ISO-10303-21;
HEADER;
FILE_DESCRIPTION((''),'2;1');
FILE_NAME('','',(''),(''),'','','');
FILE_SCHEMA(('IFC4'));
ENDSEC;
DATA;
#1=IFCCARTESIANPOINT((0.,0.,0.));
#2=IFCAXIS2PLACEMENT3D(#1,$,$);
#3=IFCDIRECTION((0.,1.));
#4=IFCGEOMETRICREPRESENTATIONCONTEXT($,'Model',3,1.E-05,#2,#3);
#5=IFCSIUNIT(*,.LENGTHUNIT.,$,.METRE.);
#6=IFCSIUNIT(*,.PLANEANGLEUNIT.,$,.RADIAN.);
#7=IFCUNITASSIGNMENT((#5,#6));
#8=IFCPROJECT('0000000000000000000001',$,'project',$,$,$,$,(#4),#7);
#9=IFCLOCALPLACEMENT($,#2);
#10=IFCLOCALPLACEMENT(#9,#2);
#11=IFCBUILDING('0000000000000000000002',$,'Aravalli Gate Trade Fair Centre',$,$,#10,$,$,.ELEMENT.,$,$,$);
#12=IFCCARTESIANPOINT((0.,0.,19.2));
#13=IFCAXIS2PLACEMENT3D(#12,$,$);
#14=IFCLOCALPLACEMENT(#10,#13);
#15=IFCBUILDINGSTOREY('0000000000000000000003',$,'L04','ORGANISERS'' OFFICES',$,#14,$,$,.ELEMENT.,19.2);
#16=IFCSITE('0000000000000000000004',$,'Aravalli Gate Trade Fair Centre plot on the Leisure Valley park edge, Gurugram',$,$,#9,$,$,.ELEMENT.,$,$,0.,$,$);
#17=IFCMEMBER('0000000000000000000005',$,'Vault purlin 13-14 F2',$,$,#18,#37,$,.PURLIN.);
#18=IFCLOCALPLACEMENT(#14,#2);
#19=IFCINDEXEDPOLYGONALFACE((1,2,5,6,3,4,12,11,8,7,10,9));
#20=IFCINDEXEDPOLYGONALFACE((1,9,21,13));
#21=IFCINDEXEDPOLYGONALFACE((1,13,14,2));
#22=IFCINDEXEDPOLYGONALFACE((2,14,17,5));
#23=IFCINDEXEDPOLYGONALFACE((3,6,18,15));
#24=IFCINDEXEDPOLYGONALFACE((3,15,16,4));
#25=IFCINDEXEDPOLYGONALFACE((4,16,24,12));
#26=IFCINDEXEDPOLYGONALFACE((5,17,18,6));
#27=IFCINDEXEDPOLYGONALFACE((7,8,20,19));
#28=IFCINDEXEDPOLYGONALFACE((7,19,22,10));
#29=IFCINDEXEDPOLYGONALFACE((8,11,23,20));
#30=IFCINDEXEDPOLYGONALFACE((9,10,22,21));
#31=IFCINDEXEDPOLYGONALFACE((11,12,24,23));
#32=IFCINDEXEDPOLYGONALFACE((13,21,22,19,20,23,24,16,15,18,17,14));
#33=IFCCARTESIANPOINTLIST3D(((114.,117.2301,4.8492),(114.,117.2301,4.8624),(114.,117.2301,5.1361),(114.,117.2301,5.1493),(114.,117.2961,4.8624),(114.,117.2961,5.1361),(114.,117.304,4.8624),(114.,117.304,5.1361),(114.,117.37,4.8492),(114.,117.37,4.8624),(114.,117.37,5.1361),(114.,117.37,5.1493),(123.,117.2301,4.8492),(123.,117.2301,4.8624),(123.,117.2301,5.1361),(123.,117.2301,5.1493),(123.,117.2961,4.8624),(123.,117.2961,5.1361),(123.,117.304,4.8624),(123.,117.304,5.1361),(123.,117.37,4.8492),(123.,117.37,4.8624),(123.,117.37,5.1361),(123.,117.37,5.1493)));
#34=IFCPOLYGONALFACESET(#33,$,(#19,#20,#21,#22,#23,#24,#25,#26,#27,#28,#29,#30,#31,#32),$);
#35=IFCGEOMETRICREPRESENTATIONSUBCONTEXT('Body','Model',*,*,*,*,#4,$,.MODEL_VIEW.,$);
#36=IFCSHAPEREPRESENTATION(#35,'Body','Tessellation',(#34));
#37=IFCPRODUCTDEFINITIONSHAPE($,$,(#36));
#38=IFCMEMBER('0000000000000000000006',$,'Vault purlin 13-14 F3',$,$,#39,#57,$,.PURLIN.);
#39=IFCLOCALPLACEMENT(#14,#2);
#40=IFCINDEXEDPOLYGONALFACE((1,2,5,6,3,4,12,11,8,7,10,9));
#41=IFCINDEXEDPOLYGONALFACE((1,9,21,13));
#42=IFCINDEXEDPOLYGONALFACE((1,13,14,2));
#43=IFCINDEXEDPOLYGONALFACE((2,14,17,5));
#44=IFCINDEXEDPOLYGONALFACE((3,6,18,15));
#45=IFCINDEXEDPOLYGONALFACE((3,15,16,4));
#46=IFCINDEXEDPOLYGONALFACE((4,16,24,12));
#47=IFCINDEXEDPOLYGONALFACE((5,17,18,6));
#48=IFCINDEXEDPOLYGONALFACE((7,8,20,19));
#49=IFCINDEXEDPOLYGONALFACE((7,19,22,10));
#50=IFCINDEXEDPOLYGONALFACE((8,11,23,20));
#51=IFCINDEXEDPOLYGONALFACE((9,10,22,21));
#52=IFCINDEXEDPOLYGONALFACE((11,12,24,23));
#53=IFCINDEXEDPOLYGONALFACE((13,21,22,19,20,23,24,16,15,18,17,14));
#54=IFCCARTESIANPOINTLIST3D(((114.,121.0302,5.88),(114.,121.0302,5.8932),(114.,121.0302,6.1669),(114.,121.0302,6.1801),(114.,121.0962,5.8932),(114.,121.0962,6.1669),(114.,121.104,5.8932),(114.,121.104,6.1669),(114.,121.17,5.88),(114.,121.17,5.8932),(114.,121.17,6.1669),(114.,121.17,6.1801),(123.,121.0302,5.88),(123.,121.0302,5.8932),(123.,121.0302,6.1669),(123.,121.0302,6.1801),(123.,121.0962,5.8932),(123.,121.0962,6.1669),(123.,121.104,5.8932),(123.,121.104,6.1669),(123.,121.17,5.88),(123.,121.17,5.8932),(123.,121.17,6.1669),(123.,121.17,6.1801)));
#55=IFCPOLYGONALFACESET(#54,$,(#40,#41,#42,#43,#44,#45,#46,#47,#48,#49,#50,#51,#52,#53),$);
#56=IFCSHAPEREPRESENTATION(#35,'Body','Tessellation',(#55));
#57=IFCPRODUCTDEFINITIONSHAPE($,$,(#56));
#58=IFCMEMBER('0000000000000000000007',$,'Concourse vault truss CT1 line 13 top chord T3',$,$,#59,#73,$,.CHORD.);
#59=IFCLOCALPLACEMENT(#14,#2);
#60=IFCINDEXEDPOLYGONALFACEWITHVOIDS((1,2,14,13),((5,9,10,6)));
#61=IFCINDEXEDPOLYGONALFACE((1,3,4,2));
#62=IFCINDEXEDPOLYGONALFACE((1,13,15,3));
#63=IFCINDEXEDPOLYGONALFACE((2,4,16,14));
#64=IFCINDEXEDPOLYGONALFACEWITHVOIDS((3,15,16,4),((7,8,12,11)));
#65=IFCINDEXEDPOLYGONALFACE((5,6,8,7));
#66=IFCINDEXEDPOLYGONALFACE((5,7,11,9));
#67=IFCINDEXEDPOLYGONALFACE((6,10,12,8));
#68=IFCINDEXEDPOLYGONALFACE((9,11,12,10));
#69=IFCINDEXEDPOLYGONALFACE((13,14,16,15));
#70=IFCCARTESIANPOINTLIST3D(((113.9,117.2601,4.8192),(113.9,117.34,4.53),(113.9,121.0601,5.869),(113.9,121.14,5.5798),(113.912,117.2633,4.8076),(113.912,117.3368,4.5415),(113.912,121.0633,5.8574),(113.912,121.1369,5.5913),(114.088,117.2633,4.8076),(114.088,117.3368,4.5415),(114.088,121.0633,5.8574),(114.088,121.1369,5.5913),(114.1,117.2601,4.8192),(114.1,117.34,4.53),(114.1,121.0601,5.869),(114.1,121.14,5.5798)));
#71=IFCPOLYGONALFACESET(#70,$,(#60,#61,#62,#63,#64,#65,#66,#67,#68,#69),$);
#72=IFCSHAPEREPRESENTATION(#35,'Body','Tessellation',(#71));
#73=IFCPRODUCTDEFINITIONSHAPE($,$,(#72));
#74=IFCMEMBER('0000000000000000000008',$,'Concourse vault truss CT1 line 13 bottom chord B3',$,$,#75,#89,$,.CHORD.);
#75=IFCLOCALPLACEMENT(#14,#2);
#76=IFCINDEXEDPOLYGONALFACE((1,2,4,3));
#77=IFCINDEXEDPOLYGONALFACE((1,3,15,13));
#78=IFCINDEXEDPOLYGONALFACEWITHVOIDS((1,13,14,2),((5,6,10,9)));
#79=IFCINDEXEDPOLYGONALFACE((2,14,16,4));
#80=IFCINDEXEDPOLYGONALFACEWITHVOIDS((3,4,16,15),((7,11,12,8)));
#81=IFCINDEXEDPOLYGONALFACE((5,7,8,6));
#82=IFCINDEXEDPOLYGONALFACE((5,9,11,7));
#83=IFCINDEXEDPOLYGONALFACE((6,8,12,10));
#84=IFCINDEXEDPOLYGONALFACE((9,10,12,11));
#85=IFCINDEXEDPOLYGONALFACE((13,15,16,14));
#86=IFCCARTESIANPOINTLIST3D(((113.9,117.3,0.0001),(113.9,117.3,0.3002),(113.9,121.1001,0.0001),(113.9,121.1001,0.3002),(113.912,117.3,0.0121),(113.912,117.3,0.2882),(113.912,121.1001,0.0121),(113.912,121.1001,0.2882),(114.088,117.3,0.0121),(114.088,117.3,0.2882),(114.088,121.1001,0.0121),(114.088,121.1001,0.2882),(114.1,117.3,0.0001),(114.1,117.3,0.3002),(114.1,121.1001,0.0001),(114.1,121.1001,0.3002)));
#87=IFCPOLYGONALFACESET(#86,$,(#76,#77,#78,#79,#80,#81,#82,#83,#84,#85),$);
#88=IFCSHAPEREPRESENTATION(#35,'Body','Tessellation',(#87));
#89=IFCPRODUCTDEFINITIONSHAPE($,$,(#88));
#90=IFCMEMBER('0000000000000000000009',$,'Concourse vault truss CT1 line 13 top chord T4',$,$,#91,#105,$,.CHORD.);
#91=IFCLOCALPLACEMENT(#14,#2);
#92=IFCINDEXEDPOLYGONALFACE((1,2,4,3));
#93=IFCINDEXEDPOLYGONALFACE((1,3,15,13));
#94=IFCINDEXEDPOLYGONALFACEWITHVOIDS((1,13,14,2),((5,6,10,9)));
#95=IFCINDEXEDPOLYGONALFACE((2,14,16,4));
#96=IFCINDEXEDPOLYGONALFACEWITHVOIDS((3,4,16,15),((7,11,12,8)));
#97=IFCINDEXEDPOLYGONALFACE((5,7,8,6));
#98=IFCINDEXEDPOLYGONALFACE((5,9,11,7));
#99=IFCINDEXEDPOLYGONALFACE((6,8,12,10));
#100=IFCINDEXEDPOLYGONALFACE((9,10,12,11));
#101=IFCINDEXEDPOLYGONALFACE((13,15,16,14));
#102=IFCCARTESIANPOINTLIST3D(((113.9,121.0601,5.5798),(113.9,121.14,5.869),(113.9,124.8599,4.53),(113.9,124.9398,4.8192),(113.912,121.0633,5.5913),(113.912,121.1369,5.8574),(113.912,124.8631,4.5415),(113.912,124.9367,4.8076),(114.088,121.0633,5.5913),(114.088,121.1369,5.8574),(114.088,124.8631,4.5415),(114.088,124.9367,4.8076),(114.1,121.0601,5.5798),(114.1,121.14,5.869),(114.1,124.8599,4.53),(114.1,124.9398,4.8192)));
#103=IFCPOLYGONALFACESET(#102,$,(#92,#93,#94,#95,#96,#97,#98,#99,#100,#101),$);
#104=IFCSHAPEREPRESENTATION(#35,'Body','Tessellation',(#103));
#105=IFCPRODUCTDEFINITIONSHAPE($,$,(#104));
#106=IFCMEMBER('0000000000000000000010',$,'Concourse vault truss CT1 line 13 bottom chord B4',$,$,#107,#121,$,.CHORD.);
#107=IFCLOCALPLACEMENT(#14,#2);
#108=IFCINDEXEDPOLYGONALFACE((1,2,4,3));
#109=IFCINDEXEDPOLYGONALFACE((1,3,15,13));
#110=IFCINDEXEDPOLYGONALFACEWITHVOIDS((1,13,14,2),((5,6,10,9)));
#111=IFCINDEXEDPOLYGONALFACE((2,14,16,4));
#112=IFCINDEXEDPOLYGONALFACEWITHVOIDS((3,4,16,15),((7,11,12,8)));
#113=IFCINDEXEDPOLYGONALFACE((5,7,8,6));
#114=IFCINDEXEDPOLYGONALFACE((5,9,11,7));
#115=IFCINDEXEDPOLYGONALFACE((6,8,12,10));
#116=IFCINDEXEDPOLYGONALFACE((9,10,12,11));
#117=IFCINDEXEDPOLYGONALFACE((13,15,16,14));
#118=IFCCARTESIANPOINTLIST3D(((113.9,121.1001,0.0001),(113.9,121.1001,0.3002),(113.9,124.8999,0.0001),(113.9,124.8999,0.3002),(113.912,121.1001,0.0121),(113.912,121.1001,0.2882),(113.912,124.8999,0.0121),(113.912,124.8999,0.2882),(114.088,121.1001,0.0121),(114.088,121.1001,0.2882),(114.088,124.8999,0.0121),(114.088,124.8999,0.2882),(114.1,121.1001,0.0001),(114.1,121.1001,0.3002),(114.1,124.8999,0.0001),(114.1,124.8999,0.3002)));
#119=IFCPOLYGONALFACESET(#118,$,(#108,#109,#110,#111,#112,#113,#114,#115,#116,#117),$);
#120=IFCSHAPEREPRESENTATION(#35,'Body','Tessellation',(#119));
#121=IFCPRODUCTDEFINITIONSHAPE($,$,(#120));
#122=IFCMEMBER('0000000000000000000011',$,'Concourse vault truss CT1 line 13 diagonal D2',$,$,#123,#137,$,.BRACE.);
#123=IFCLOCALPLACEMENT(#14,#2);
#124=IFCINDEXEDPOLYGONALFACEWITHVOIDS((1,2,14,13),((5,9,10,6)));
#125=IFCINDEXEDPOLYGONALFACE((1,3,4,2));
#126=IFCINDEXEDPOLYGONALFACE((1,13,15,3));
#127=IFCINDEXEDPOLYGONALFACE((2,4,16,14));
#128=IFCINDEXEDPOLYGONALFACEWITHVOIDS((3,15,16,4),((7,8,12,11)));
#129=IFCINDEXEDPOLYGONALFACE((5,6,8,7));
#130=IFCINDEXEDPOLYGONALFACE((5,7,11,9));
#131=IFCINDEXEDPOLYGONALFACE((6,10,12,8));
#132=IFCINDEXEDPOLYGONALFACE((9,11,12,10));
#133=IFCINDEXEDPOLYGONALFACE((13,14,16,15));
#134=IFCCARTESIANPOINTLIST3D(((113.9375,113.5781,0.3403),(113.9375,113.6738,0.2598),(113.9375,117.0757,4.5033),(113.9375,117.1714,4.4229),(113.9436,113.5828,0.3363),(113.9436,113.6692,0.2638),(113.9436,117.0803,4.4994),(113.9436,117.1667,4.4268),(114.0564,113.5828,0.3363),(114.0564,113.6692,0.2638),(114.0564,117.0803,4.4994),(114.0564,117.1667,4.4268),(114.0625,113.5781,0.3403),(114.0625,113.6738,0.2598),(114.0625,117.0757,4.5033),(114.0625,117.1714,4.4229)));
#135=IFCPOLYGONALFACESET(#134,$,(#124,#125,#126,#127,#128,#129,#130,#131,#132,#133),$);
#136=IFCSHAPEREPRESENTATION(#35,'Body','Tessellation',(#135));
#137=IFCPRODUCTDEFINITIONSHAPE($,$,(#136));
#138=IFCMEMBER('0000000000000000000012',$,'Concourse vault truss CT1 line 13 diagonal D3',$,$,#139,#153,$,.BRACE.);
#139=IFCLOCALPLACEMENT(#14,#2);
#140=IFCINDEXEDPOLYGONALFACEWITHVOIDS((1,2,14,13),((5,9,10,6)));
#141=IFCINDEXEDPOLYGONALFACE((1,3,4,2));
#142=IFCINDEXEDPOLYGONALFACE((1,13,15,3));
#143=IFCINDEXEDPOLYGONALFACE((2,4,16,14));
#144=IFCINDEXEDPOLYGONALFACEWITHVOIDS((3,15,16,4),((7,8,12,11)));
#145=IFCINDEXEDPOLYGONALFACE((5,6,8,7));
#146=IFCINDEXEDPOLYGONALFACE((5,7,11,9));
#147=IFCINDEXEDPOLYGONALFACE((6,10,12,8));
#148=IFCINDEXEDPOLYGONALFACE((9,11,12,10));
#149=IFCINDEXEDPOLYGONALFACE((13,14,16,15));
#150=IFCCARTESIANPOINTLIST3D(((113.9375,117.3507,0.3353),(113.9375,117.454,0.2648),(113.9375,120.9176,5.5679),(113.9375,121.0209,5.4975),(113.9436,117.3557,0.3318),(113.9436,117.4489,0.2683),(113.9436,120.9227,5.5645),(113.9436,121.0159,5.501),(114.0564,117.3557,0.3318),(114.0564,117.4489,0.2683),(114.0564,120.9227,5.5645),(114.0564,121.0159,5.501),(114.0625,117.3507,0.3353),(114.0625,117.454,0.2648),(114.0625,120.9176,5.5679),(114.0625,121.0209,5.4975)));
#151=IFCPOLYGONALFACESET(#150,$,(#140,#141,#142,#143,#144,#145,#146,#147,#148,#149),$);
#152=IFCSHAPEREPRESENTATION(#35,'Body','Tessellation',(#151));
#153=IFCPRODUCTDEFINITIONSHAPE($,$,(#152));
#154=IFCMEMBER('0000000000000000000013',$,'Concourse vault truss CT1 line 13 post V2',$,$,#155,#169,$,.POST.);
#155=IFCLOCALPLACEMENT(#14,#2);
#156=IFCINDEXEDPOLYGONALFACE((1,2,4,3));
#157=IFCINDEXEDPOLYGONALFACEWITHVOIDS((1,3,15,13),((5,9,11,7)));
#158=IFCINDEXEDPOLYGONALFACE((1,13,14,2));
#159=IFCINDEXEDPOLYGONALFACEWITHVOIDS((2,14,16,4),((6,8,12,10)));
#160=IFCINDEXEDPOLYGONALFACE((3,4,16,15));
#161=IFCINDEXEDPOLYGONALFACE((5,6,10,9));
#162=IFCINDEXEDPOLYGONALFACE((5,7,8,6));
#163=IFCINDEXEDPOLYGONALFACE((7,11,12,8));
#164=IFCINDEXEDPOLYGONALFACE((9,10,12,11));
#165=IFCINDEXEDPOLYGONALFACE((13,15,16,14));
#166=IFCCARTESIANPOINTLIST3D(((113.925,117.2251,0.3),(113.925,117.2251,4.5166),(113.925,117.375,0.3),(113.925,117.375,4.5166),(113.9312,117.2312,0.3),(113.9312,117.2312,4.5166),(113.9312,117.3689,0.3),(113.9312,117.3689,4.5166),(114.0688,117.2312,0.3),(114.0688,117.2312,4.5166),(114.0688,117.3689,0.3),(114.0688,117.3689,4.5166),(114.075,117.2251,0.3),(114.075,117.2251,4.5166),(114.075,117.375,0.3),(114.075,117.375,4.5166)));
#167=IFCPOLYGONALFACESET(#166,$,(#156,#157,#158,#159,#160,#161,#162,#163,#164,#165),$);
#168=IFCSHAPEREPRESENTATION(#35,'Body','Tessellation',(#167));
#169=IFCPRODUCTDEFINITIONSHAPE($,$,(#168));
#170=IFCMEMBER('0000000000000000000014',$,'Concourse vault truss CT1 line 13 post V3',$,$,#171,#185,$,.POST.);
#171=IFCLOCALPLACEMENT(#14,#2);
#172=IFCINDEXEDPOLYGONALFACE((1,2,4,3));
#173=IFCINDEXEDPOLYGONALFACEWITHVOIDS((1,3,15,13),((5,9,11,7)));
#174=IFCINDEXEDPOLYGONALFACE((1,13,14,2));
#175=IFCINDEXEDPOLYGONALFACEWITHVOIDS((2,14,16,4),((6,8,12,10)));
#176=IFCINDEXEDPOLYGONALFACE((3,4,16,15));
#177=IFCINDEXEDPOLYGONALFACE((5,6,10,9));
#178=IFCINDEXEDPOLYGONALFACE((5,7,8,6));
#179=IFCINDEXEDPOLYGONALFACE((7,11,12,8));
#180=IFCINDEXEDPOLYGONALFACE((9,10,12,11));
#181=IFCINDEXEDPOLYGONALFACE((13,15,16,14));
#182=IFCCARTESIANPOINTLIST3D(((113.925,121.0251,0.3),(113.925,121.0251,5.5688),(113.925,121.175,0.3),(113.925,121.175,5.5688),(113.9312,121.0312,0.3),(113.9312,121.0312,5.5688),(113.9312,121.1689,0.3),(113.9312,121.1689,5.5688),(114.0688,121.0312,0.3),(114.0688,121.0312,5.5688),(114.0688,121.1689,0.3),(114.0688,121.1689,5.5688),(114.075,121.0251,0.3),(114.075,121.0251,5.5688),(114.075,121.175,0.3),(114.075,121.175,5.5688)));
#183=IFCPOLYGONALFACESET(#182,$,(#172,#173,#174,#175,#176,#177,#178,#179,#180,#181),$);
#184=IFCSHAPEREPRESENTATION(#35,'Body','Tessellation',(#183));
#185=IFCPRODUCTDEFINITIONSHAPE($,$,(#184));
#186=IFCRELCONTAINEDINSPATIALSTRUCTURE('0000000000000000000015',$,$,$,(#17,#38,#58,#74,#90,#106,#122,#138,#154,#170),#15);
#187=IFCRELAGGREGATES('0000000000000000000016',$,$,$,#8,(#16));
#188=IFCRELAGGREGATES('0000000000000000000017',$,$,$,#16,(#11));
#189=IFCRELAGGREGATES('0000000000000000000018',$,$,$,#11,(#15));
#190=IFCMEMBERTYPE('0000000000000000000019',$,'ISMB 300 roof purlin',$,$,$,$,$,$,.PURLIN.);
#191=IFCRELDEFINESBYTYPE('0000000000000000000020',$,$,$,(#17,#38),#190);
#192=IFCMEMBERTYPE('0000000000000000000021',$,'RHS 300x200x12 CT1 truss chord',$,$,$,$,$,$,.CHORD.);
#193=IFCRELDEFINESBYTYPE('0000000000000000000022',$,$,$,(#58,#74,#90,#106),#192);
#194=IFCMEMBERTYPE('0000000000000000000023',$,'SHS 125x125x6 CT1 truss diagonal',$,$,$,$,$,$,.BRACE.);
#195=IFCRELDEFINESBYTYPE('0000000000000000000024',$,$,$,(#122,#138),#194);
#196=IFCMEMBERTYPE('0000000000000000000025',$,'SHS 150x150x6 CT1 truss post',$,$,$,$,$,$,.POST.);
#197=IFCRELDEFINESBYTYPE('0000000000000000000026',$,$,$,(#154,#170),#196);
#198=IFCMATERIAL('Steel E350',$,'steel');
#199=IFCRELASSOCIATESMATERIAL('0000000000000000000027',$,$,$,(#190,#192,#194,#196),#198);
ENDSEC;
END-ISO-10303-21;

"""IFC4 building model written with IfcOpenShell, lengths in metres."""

from ifc_helpers import new_model, si_unit, direction, frame, origin, origin_2d, place, context, subcontext, project, spatial, hollow_rectangle, i_section, extrude, material, material_profile, profile_set, type_object, element, save


model = new_model("IFC4")

# Units and contexts
model_context = context("Model", 3, precision=1e-05, world=origin(), true_north=direction((0.0, 1.0)))
body_context = subcontext(model_context, "Body", "Model", "MODEL_VIEW")
ifc_project = project(units=[si_unit("LENGTHUNIT", "METRE"), si_unit("PLANEANGLEUNIT", "RADIAN")], contexts=[model_context])

# Site, building, storey
site_placement = place(None, origin())
site = spatial("IfcSite", under=ifc_project, at=site_placement, Name="Aravalli Gate Trade Fair Centre plot on the Leisure Valley park edge, Gurugram", CompositionType="ELEMENT", RefElevation=0.0)
building_placement = place(site_placement, origin())
building = spatial("IfcBuilding", under=site, at=building_placement, Name="Aravalli Gate Trade Fair Centre", CompositionType="ELEMENT")
storey_placement = place(building_placement, frame((0.0, 0.0, 19.2)))
storey = spatial("IfcBuildingStorey", under=building, at=storey_placement, Name="L04", Description="ORGANISERS' OFFICES", CompositionType="ELEMENT", Elevation=19.2)

# Members
ifc_material_1 = material(Name="Steel E350", Category="steel")
ifc_material_profile_1 = material_profile(ifc_material_1, i_section(OverallWidth=0.1399, OverallDepth=0.3, WebThickness=0.0078, FlangeThickness=0.0132, at=origin_2d()), Name="ISMB 300")
ifc_profile_set_1 = profile_set([ifc_material_profile_1], Name="Steel E350")
member_type_1 = type_object("IfcMemberType", Name="ISMB 300 roof purlin", PredefinedType="PURLIN", material=ifc_profile_set_1)
for number, where, z_axis, x_axis, name in (
    (1, (114.0, 117.3, 4.9993), (1.0, 0.0, 0.0), (0.0, 1.0, 0.0), "Vault purlin 13-14 F2"),
    (2, (114.0, 121.1001, 6.03), (1.0, 0.0, 0.0), (0.0, 1.0, 0.0), "Vault purlin 13-14 F3"),
):
    element("IfcMember", number, at=place(storey_placement, frame(where, z_axis=z_axis, x_axis=x_axis)), inside=storey, type_object=member_type_1, Name=name, PredefinedType="PURLIN", context=body_context, shape_type="SweptSolid", body=[
        extrude(i_section(OverallWidth=0.1399, OverallDepth=0.3, WebThickness=0.0078, FlangeThickness=0.0132, at=origin_2d()), origin(), (0.0, 0.0, 1.0), 9.0),
    ])
ifc_material_profile_2 = material_profile(ifc_material_1, hollow_rectangle(XDim=0.2, YDim=0.3, WallThickness=0.012, at=origin_2d()), Name="RHS 300x200x12")
ifc_profile_set_2 = profile_set([ifc_material_profile_2], Name="Steel E350")
member_type_2 = type_object("IfcMemberType", Name="RHS 300x200x12 CT1 truss chord", PredefinedType="CHORD", material=ifc_profile_set_2)
member_1_placement = place(storey_placement, frame((114.0, 117.3, 4.6746), z_axis=(0.0, 0.963894, 0.266286), x_axis=(-1.0, 0.0, 0.0)))
element("IfcMember", 3, at=member_1_placement, inside=storey, type_object=member_type_2, Name="Concourse vault truss CT1 line 13 top chord T3", PredefinedType="CHORD", context=body_context, shape_type="SweptSolid", body=[
    extrude(hollow_rectangle(XDim=0.2, YDim=0.3, WallThickness=0.012, at=origin_2d()), origin(), (0.0, 0.0, 1.0), 3.9424),
])
member_2_placement = place(storey_placement, frame((114.0, 117.3, 0.1501), z_axis=(0.0, 1.0, 0.0), x_axis=(-1.0, 0.0, 0.0)))
element("IfcMember", 4, at=member_2_placement, inside=storey, type_object=member_type_2, Name="Concourse vault truss CT1 line 13 bottom chord B3", PredefinedType="CHORD", context=body_context, shape_type="SweptSolid", body=[
    extrude(hollow_rectangle(XDim=0.2, YDim=0.3, WallThickness=0.012, at=origin_2d()), origin(), (0.0, 0.0, 1.0), 3.8),
])
member_3_placement = place(storey_placement, frame((114.0, 121.1001, 5.7244), z_axis=(0.0, 0.96389, -0.266302), x_axis=(-1.0, 0.0, 0.0)))
element("IfcMember", 5, at=member_3_placement, inside=storey, type_object=member_type_2, Name="Concourse vault truss CT1 line 13 top chord T4", PredefinedType="CHORD", context=body_context, shape_type="SweptSolid", body=[
    extrude(hollow_rectangle(XDim=0.2, YDim=0.3, WallThickness=0.012, at=origin_2d()), origin(), (0.0, 0.0, 1.0), 3.9421),
])
member_4_placement = place(storey_placement, frame((114.0, 121.1001, 0.1501), z_axis=(0.0, 1.0, 0.0), x_axis=(-1.0, 0.0, 0.0)))
element("IfcMember", 6, at=member_4_placement, inside=storey, type_object=member_type_2, Name="Concourse vault truss CT1 line 13 bottom chord B4", PredefinedType="CHORD", context=body_context, shape_type="SweptSolid", body=[
    extrude(hollow_rectangle(XDim=0.2, YDim=0.3, WallThickness=0.012, at=origin_2d()), origin(), (0.0, 0.0, 1.0), 3.7998),
])
ifc_material_profile_3 = material_profile(ifc_material_1, hollow_rectangle(XDim=0.125, YDim=0.125, WallThickness=0.0061, at=origin_2d()), Name="SHS 125x125x6")
ifc_profile_set_3 = profile_set([ifc_material_profile_3], Name="Steel E350")
member_type_3 = type_object("IfcMemberType", Name="SHS 125x125x6 CT1 truss diagonal", PredefinedType="BRACE", material=ifc_profile_set_3)
member_5_placement = place(storey_placement, frame((114.0, 113.626, 0.3), z_axis=(0.0, 0.643253, 0.765654), x_axis=(-1.0, 0.0, 0.0)))
element("IfcMember", 7, at=member_5_placement, inside=storey, type_object=member_type_3, Name="Concourse vault truss CT1 line 13 diagonal D2", PredefinedType="BRACE", context=body_context, shape_type="SweptSolid", body=[
    extrude(hollow_rectangle(XDim=0.125, YDim=0.125, WallThickness=0.0061, at=origin_2d()), origin(), (0.0, 0.0, 1.0), 5.4373),
])
member_6_placement = place(storey_placement, frame((114.0, 117.4023, 0.3), z_axis=(0.0, 0.563247, 0.826289), x_axis=(-1.0, 0.0, 0.0)))
element("IfcMember", 8, at=member_6_placement, inside=storey, type_object=member_type_3, Name="Concourse vault truss CT1 line 13 diagonal D3", PredefinedType="BRACE", context=body_context, shape_type="SweptSolid", body=[
    extrude(hollow_rectangle(XDim=0.125, YDim=0.125, WallThickness=0.0061, at=origin_2d()), origin(), (0.0, 0.0, 1.0), 6.3328),
])
ifc_material_profile_4 = material_profile(ifc_material_1, hollow_rectangle(XDim=0.1499, YDim=0.1499, WallThickness=0.0061, at=origin_2d()), Name="SHS 150x150x6")
ifc_profile_set_4 = profile_set([ifc_material_profile_4], Name="Steel E350")
member_type_4 = type_object("IfcMemberType", Name="SHS 150x150x6 CT1 truss post", PredefinedType="POST", material=ifc_profile_set_4)
member_7_placement = place(storey_placement, frame((114.0, 117.3, 0.3), z_axis=(0.0, 0.0, 1.0), x_axis=(1.0, 0.0, 0.0)))
element("IfcMember", 9, at=member_7_placement, inside=storey, type_object=member_type_4, Name="Concourse vault truss CT1 line 13 post V2", PredefinedType="POST", context=body_context, shape_type="SweptSolid", body=[
    extrude(hollow_rectangle(XDim=0.1499, YDim=0.1499, WallThickness=0.0061, at=origin_2d()), origin(), (0.0, 0.0, 1.0), 4.2166),
])
member_8_placement = place(storey_placement, frame((114.0, 121.1001, 0.3), z_axis=(0.0, 0.0, 1.0), x_axis=(1.0, 0.0, 0.0)))
element("IfcMember", 10, at=member_8_placement, inside=storey, type_object=member_type_4, Name="Concourse vault truss CT1 line 13 post V3", PredefinedType="POST", context=body_context, shape_type="SweptSolid", body=[
    extrude(hollow_rectangle(XDim=0.1499, YDim=0.1499, WallThickness=0.0061, at=origin_2d()), origin(), (0.0, 0.0, 1.0), 5.2688),
])

save(model, "model.ifc")
